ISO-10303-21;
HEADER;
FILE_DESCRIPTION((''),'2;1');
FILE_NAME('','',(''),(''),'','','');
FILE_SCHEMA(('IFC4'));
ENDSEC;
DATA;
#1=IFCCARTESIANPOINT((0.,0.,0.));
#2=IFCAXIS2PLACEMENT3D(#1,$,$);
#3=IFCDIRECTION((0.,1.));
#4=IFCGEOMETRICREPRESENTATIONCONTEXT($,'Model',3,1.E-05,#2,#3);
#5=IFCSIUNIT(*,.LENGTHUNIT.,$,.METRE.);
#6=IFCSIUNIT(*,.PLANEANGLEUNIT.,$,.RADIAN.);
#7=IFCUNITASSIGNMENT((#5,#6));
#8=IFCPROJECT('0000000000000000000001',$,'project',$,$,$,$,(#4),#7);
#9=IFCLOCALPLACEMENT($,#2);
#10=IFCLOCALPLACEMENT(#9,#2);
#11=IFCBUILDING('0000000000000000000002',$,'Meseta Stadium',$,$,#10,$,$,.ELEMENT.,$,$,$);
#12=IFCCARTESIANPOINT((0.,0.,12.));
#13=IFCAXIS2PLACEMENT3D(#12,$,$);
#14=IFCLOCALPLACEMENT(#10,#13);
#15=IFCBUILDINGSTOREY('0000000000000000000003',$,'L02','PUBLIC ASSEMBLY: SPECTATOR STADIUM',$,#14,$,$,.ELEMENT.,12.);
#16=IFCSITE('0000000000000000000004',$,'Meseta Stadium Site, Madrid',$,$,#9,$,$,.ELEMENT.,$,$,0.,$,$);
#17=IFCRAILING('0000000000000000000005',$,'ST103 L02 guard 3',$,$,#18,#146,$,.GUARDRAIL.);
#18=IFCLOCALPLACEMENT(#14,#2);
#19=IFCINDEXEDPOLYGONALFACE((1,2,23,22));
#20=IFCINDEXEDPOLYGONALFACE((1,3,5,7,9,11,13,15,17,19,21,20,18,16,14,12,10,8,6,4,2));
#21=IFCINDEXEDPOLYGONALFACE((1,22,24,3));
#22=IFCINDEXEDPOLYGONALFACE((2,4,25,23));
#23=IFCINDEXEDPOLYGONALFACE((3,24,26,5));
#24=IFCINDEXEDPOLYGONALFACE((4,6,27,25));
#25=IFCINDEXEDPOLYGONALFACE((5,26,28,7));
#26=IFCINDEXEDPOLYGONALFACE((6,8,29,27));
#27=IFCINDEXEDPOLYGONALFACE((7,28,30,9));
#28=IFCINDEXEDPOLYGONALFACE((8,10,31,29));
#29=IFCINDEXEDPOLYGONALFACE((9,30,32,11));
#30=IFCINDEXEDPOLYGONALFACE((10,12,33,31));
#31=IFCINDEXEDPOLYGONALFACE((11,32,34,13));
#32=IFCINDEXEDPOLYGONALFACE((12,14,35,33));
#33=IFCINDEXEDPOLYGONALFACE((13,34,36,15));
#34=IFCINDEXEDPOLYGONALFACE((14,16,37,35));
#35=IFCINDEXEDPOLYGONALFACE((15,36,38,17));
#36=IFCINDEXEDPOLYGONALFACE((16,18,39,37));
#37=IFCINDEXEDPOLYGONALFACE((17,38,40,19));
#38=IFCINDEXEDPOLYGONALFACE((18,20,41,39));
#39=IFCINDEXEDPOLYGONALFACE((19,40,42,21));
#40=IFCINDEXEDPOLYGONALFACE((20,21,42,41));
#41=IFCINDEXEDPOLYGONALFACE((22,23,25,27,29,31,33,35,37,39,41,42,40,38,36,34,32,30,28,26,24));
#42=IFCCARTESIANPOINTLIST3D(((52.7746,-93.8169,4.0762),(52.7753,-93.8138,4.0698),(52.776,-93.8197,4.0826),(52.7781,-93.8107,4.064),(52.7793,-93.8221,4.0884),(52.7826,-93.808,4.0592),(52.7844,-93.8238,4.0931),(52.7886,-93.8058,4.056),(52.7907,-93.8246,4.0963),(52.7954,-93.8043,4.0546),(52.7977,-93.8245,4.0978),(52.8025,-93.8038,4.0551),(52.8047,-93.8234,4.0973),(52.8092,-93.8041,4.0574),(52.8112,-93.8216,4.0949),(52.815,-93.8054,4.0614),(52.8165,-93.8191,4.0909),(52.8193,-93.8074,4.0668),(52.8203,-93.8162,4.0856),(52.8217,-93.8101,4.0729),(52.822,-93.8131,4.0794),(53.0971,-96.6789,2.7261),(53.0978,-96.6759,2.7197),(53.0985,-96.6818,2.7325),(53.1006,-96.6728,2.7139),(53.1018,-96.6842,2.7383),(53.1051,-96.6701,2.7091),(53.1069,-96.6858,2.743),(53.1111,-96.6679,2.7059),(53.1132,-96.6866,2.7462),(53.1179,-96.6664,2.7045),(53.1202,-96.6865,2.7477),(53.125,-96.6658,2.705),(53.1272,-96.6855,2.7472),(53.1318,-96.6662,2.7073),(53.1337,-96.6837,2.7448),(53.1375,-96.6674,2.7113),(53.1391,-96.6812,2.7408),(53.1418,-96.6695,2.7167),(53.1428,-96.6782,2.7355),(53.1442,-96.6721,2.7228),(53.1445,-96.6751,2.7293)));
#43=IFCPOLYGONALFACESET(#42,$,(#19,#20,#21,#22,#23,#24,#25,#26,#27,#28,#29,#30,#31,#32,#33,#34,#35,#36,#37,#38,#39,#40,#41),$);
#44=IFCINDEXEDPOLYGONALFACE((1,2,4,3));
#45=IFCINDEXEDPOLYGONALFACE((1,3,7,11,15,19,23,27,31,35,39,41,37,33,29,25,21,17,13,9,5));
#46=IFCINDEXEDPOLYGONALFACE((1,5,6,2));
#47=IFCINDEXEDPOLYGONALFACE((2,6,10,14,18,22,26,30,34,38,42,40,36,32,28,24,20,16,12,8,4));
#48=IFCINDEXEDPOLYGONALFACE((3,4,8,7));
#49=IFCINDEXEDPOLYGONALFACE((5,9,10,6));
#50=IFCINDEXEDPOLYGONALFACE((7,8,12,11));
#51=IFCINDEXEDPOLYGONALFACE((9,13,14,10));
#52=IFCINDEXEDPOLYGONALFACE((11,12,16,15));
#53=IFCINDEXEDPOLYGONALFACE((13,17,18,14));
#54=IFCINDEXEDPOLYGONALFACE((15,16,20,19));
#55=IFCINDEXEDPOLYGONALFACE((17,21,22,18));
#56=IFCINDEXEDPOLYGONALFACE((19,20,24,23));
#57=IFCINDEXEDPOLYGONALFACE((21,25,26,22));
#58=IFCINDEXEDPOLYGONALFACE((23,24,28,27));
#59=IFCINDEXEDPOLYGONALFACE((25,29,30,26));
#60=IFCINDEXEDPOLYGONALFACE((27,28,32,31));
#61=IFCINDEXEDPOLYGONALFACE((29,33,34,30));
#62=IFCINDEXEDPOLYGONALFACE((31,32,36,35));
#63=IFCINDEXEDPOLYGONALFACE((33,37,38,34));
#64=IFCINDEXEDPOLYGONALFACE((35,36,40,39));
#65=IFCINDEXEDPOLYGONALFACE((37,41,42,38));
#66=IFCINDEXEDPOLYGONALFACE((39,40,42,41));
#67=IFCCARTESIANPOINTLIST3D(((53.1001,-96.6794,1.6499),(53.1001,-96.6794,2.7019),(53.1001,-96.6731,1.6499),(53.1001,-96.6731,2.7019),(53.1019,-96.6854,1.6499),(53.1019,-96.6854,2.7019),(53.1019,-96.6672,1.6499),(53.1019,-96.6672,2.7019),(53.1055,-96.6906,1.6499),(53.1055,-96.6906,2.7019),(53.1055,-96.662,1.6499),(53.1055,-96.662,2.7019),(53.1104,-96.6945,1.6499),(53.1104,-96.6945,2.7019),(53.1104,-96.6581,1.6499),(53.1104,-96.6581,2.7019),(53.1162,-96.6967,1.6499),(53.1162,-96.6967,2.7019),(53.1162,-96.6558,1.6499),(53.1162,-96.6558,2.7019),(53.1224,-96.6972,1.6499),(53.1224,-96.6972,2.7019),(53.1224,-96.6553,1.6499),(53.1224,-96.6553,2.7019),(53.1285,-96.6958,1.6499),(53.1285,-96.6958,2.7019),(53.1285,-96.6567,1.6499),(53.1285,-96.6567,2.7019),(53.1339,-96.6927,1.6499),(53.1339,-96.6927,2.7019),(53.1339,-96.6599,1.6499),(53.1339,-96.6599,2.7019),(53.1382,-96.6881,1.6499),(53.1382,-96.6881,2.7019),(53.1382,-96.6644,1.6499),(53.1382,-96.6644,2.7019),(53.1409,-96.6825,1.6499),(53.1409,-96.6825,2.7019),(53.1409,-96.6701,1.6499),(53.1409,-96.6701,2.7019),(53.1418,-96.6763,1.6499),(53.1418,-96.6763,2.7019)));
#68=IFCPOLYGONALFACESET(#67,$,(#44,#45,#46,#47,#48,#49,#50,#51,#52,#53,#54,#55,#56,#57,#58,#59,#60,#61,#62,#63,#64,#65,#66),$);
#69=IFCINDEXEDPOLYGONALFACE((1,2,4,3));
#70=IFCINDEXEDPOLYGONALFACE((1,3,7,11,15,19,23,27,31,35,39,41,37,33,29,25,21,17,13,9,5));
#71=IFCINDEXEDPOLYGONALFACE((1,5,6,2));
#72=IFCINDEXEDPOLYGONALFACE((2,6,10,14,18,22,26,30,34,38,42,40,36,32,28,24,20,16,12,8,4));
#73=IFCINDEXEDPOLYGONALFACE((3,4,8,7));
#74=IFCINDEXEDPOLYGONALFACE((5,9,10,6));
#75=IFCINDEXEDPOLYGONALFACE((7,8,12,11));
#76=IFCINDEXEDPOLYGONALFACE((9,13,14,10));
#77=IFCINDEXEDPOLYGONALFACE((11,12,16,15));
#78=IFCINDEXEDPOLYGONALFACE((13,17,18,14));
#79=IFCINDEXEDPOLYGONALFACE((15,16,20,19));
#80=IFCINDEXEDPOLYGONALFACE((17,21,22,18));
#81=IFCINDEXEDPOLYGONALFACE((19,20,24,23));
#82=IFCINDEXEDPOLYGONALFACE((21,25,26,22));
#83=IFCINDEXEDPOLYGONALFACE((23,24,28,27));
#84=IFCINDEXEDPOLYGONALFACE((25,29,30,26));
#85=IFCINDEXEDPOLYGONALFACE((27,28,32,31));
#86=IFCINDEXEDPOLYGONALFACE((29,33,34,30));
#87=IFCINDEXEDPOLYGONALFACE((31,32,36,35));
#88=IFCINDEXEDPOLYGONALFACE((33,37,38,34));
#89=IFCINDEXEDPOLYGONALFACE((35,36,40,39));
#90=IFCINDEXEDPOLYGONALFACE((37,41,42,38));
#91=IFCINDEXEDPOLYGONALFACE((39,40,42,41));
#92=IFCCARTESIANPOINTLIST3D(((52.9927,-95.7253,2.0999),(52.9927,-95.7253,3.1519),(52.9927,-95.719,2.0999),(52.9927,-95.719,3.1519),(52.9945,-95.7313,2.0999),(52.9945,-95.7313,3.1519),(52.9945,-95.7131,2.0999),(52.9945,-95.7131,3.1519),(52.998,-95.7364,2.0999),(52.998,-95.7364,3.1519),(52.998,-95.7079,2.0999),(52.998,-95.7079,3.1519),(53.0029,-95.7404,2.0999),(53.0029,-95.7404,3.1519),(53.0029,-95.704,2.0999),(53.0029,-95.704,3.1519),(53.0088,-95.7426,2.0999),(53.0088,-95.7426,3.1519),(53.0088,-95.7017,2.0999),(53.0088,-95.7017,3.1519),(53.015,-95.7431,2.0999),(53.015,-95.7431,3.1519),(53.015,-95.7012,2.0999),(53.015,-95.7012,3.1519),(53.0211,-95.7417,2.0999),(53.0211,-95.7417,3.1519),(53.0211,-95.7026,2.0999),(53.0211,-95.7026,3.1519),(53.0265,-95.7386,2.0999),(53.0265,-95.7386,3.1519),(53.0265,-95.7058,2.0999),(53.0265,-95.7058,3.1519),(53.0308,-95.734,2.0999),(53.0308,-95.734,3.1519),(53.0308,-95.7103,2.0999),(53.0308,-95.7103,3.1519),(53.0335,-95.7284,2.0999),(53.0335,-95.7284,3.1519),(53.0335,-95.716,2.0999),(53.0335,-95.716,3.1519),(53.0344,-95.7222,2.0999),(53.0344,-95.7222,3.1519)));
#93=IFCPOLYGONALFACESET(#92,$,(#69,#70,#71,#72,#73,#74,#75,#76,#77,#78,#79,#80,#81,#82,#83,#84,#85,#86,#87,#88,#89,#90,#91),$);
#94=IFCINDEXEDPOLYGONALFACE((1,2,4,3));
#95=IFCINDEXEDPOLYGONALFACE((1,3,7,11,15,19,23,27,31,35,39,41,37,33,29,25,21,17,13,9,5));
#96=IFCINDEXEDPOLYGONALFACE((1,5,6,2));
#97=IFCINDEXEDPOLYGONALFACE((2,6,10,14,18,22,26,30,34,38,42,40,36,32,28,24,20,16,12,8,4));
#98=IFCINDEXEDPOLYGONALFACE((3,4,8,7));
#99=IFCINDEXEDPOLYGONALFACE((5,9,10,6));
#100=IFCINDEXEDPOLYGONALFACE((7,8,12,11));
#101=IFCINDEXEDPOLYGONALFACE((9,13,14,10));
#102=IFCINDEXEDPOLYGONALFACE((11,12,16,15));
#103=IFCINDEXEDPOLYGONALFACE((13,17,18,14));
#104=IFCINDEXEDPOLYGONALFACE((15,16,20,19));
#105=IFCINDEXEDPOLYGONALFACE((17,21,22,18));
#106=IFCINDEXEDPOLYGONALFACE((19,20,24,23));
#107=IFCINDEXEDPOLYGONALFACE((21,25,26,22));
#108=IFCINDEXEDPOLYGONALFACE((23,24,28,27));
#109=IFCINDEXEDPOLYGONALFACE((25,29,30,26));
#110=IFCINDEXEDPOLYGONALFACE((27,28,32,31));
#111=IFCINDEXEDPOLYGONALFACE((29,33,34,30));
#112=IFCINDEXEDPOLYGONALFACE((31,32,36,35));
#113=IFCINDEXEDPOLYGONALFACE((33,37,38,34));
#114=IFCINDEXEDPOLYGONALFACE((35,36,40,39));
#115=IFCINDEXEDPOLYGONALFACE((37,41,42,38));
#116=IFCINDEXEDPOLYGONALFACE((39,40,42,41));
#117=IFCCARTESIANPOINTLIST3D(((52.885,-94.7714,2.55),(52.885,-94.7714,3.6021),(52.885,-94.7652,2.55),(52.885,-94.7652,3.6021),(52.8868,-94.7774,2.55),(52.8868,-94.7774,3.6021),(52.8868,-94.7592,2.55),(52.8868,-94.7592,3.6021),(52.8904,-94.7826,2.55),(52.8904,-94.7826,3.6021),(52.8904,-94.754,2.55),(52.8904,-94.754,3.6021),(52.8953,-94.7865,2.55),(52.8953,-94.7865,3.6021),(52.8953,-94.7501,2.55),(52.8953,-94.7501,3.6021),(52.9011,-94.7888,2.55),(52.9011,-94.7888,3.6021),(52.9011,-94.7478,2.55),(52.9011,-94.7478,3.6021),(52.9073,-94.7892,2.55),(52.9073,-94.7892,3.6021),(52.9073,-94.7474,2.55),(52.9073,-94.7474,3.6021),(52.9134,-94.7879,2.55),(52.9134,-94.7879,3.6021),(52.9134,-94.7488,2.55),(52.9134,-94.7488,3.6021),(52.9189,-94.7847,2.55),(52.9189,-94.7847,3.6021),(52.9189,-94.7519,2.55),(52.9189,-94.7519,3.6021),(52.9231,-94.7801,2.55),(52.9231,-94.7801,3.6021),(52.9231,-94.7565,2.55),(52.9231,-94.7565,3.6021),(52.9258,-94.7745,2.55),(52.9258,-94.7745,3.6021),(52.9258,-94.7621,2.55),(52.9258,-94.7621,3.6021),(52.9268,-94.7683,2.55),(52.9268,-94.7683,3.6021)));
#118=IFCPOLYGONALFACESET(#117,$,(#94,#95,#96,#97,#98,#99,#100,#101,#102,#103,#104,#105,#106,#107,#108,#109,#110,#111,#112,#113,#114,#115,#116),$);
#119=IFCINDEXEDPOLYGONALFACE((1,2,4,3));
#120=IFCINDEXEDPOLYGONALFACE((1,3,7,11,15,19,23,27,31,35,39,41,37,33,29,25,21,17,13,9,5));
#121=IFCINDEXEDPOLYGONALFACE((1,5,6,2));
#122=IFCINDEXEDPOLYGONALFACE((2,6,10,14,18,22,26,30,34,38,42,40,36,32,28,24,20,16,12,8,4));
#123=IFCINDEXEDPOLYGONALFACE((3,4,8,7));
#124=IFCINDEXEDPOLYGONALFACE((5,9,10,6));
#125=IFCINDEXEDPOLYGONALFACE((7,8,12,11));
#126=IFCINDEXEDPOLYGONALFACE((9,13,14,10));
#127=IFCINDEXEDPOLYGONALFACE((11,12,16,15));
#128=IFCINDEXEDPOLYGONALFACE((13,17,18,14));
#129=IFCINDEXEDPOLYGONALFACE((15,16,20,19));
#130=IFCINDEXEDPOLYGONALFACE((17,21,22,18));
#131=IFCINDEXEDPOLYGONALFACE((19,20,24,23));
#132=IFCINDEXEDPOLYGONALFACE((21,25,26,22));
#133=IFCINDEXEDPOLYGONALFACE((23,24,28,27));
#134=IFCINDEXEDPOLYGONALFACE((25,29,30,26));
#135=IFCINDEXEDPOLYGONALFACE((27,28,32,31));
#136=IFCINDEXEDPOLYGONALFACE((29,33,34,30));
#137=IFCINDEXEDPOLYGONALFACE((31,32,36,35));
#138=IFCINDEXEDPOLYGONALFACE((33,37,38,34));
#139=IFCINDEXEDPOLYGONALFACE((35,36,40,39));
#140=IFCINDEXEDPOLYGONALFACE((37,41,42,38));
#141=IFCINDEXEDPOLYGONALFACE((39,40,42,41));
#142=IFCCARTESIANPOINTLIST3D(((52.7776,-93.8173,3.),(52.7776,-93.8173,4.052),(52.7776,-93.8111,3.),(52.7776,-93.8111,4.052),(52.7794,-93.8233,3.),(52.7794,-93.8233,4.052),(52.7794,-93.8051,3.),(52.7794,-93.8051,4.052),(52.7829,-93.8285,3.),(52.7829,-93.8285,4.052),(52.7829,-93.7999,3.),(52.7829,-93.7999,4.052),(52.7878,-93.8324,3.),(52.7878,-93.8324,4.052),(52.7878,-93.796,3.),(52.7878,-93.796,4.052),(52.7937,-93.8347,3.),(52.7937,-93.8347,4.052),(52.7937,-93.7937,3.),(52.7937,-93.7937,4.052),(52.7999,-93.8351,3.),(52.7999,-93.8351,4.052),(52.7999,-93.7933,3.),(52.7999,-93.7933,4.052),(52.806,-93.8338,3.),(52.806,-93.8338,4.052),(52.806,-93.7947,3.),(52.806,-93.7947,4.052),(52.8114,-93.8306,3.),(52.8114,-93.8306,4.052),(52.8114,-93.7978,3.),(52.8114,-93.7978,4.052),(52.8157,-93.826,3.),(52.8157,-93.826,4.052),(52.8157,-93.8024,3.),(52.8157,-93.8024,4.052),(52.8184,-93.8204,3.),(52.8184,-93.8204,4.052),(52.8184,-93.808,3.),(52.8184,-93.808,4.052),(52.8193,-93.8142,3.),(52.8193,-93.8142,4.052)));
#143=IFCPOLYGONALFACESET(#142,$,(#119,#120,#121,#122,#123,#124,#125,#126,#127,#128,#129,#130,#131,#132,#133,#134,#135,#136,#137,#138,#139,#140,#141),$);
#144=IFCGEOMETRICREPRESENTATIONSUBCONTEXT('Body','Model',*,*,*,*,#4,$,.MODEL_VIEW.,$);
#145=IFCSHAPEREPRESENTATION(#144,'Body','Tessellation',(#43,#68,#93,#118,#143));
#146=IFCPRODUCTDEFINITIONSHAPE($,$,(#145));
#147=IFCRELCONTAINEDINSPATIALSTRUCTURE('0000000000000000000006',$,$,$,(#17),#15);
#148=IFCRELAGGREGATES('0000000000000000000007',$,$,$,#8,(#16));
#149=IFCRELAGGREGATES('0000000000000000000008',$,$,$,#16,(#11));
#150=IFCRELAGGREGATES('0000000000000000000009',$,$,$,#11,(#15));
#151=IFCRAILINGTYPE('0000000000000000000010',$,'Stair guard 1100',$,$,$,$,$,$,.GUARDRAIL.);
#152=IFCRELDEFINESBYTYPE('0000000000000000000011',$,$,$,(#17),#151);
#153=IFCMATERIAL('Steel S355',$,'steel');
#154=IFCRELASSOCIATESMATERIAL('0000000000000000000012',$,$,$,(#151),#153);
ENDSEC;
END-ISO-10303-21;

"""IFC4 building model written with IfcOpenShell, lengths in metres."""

from ifc_helpers import new_model, si_unit, direction, frame, origin, origin_2d, place, context, subcontext, project, spatial, circle, extrude, material, type_object, element, save


model = new_model("IFC4")

# Units and contexts
model_context = context("Model", 3, precision=1e-05, world=origin(), true_north=direction((0.0, 1.0)))
body_context = subcontext(model_context, "Body", "Model", "MODEL_VIEW")
ifc_project = project(units=[si_unit("LENGTHUNIT", "METRE"), si_unit("PLANEANGLEUNIT", "RADIAN")], contexts=[model_context])

# Site, building, storey
site_placement = place(None, origin())
site = spatial("IfcSite", under=ifc_project, at=site_placement, Name="Meseta Stadium Site, Madrid", CompositionType="ELEMENT", RefElevation=0.0)
building_placement = place(site_placement, origin())
building = spatial("IfcBuilding", under=site, at=building_placement, Name="Meseta Stadium", CompositionType="ELEMENT")
storey_placement = place(building_placement, frame((0.0, 0.0, 12.0)))
storey = spatial("IfcBuildingStorey", under=building, at=storey_placement, Name="L02", Description="PUBLIC ASSEMBLY: SPECTATOR STADIUM", CompositionType="ELEMENT", Elevation=12.0)

# Railing
ifc_material_1 = material(Name="Steel S355", Category="steel")
railing_type_1 = type_object("IfcRailingType", Name="Stair guard 1100", PredefinedType="GUARDRAIL", material=ifc_material_1)
railing_1_placement = place(storey_placement, frame((53.1208, -96.6763, 1.6499)))
element("IfcRailing", 1, at=railing_1_placement, inside=storey, type_object=railing_type_1, Name="ST103 L02 guard 3", PredefinedType="GUARDRAIL", context=body_context, shape_type="SweptSolid", body=[
    extrude(circle(Radius=0.0239, at=origin_2d()), frame((0.0, 0.0, 1.0762), z_axis=(-0.101389, 0.899763, 0.424438), x_axis=(-0.993711, -0.111976, 0.0)), (0.0, 0.0, 1.0), 3.1809),
    extrude(circle(Radius=0.021, at=origin_2d()), origin(), (0.0, 0.0, 1.0), 1.052),
    extrude(circle(Radius=0.021, at=origin_2d()), frame((-0.1074, 0.9541, 0.45)), (0.0, 0.0, 1.0), 1.052),
    extrude(circle(Radius=0.021, at=origin_2d()), frame((-0.2151, 1.908, 0.9001)), (0.0, 0.0, 1.0), 1.052),
    extrude(circle(Radius=0.021, at=origin_2d()), frame((-0.3225, 2.8621, 1.3501)), (0.0, 0.0, 1.0), 1.052),
])

save(model, "model.ifc")
